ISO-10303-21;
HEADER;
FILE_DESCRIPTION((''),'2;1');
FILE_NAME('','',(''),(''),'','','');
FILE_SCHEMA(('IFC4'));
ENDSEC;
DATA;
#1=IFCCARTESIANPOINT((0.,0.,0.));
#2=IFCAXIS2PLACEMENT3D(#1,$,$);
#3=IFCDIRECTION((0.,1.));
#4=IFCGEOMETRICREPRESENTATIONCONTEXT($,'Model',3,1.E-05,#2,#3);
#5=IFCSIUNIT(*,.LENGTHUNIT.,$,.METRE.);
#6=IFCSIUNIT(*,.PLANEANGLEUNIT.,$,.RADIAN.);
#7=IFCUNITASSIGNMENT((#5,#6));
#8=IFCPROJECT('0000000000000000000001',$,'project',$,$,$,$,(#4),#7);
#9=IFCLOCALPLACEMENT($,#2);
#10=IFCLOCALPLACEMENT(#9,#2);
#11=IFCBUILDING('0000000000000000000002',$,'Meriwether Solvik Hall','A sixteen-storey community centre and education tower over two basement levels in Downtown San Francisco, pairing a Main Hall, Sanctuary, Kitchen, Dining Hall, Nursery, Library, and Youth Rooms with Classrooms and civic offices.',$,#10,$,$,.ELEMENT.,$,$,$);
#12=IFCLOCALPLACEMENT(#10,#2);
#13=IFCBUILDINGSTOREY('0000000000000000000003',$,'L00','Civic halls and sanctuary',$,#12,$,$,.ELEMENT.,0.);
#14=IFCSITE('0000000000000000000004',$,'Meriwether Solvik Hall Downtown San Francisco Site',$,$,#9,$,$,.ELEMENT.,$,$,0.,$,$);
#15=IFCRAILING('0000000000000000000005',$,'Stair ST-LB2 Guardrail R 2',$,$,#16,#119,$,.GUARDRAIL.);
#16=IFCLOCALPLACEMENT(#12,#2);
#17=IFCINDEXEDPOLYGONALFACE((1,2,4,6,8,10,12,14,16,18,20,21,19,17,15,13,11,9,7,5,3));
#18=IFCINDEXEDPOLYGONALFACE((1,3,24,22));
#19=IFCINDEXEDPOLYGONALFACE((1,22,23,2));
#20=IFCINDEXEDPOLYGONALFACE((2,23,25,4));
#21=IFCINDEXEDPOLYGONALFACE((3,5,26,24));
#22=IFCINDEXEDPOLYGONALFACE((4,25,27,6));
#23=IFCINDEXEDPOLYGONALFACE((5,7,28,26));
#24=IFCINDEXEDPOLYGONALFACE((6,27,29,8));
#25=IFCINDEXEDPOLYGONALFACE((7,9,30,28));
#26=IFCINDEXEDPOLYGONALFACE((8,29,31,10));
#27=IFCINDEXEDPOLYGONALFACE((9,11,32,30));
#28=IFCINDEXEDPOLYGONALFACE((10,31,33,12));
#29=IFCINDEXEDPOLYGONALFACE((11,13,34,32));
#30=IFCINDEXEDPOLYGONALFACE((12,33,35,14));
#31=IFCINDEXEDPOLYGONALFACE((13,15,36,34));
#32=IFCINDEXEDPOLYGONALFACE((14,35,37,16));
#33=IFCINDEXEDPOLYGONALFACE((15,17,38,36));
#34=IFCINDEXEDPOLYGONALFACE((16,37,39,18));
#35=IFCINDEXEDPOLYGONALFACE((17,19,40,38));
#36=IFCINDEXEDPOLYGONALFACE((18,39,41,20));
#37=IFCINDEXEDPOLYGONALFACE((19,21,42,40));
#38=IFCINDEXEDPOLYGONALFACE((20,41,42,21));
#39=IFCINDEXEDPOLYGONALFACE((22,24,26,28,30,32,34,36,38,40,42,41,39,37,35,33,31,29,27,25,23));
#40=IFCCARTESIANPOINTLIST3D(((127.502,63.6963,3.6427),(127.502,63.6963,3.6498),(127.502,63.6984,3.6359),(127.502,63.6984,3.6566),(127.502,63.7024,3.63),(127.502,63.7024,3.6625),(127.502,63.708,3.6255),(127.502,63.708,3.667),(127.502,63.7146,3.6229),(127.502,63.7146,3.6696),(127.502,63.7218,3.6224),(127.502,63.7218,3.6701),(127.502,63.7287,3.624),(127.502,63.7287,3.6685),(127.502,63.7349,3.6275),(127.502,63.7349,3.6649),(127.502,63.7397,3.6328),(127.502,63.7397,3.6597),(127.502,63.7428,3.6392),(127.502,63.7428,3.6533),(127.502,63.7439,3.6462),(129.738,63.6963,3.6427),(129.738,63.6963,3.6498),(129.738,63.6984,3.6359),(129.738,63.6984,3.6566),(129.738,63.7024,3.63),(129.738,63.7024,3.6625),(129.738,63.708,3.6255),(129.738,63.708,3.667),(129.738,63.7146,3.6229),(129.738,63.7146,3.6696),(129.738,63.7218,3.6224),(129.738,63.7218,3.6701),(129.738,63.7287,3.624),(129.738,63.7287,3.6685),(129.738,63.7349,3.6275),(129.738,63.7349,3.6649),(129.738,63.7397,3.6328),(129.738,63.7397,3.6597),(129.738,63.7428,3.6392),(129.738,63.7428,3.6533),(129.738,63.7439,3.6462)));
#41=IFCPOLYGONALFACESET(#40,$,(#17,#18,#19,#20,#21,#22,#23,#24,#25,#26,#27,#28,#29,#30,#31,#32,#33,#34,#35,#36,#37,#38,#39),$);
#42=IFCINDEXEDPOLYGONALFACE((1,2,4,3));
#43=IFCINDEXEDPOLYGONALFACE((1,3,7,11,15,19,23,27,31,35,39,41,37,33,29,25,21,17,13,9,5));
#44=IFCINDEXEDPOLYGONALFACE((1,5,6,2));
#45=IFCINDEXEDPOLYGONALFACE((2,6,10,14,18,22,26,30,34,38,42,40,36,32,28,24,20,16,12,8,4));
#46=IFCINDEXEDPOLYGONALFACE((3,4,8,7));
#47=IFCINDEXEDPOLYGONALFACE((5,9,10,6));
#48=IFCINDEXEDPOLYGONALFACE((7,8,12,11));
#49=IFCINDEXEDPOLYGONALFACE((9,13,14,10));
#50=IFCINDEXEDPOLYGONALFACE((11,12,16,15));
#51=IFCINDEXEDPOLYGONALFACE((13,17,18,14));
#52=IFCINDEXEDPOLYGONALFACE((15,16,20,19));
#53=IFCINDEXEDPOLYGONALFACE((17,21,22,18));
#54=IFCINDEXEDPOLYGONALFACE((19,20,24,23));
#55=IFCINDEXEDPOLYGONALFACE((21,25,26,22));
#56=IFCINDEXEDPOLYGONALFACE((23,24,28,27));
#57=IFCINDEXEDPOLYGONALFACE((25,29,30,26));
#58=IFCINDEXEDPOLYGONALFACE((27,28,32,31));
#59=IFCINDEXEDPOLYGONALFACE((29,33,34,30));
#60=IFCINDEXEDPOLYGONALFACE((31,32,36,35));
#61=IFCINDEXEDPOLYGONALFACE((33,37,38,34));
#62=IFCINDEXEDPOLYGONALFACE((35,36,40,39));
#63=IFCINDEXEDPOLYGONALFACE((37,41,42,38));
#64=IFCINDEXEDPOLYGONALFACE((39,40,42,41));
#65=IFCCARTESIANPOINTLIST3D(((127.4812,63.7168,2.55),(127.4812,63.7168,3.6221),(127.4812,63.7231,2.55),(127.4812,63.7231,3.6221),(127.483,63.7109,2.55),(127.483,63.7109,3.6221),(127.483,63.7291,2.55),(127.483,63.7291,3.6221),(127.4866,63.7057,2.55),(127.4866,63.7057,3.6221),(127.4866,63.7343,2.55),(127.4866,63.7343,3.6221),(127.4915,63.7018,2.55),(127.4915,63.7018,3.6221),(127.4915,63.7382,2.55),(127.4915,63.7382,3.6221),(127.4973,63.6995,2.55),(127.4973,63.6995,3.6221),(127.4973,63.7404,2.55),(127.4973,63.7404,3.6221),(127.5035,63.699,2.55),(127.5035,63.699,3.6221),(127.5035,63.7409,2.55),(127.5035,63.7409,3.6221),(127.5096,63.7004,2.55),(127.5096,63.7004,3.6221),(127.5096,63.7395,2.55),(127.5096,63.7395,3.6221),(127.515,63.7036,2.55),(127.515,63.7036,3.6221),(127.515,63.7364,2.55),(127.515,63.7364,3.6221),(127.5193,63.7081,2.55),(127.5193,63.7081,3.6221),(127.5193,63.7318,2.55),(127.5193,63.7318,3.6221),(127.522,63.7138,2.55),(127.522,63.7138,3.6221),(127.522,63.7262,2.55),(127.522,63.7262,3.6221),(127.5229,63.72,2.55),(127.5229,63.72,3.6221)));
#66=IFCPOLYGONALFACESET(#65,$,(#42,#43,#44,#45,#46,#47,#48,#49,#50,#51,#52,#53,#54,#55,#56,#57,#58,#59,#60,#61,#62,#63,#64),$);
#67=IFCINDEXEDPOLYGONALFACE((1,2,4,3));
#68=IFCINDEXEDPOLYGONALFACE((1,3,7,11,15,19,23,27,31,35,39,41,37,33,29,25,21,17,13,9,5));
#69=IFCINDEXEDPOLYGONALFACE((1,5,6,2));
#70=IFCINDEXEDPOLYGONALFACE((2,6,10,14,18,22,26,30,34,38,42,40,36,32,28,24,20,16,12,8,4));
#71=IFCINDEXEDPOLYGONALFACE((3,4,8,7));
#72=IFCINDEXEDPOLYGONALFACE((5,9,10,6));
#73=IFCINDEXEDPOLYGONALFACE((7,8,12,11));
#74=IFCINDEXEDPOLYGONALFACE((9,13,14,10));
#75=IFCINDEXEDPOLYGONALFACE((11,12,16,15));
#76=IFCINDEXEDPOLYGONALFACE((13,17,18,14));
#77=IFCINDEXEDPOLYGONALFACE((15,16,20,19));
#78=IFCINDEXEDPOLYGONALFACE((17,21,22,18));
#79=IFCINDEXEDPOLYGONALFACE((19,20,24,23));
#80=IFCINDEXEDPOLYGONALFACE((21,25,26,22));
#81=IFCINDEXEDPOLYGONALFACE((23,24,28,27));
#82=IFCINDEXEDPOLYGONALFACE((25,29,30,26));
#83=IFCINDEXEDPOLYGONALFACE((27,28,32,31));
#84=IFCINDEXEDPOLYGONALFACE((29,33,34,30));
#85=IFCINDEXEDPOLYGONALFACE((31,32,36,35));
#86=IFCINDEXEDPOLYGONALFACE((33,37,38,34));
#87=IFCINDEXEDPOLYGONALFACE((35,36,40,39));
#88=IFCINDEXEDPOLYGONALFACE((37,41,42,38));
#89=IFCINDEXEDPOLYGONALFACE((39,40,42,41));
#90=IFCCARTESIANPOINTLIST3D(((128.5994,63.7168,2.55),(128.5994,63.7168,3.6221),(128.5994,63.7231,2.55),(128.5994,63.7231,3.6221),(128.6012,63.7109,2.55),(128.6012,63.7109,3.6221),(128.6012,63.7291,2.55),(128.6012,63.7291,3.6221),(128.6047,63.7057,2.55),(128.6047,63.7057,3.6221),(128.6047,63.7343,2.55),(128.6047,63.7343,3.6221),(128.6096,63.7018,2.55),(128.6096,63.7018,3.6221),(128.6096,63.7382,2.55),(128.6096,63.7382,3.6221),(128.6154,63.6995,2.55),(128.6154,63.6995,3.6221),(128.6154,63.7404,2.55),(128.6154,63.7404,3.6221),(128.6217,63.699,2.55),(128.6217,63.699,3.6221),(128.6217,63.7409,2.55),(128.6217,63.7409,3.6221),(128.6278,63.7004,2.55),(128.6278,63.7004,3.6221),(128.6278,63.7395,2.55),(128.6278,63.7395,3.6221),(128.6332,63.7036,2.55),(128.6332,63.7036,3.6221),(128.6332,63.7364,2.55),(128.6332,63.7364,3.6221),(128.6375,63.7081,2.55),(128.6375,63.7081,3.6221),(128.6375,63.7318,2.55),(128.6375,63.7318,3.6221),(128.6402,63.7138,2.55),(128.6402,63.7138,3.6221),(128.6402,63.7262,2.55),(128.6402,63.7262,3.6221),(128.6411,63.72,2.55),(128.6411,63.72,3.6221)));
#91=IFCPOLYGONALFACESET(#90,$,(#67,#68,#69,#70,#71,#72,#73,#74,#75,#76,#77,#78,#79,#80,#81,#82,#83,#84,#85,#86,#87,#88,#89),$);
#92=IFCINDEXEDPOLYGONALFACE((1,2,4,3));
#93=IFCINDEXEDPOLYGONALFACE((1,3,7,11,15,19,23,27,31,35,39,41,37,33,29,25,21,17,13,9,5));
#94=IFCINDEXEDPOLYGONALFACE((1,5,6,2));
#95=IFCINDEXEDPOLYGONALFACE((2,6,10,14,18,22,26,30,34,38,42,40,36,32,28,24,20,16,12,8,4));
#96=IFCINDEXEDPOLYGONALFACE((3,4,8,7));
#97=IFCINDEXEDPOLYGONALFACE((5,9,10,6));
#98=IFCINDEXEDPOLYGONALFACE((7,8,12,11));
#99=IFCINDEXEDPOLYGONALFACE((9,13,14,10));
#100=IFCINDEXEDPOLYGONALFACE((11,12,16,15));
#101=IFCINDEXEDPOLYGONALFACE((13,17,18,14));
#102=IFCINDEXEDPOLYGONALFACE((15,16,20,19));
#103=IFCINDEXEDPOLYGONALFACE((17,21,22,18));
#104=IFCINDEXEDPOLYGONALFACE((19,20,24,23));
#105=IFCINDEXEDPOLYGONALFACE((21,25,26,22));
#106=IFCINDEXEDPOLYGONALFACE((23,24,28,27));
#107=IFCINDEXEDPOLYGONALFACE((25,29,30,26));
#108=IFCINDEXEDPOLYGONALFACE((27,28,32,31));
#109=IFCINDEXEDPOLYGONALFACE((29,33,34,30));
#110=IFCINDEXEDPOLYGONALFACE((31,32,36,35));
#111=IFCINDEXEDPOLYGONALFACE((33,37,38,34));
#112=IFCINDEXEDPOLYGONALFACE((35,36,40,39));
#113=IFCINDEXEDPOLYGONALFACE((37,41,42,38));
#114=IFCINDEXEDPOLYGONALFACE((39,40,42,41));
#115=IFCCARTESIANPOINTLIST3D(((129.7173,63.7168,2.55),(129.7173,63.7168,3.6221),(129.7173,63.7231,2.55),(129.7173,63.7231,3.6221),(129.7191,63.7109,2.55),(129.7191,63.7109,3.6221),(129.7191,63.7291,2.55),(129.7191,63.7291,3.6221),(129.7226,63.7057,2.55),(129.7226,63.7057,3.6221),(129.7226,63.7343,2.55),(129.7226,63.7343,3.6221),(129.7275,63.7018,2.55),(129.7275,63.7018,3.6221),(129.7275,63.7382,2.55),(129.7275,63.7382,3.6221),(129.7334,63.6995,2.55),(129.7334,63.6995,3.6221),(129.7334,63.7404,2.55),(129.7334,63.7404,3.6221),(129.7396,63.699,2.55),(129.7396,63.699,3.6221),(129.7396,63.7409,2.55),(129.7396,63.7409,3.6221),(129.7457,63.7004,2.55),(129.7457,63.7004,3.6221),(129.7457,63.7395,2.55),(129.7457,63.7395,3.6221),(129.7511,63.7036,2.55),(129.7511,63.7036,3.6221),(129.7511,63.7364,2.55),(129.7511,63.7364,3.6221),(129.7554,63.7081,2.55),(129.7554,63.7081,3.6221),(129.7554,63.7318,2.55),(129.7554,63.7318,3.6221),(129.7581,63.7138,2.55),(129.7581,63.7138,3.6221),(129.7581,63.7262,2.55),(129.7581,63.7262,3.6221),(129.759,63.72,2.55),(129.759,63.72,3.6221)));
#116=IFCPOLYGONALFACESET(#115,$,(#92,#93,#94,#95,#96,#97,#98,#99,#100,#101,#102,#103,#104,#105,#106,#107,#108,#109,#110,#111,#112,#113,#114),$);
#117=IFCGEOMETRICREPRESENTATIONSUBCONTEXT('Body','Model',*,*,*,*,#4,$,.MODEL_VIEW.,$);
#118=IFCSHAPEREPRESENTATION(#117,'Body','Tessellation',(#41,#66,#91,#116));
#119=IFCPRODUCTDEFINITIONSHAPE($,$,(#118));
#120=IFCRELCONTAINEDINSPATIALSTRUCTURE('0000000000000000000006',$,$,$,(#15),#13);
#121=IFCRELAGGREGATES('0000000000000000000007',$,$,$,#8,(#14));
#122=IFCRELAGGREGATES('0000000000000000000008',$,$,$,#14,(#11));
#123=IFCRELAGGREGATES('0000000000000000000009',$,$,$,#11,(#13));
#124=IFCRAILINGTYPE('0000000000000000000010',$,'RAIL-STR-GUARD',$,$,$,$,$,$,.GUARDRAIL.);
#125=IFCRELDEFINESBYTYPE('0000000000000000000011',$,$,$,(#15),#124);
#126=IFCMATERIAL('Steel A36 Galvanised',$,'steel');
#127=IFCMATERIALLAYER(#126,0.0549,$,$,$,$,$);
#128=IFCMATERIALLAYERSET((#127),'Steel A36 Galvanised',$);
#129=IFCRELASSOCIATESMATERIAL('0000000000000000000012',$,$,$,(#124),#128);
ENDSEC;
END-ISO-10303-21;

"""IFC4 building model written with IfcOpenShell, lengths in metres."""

from ifc_helpers import new_model, si_unit, direction, frame, origin, origin_2d, place, context, subcontext, project, spatial, circle, extrude, material, layer, layer_set, type_object, element, save


model = new_model("IFC4")

# Units and contexts
model_context = context("Model", 3, precision=1e-05, world=origin(), true_north=direction((0.0, 1.0)))
body_context = subcontext(model_context, "Body", "Model", "MODEL_VIEW")
ifc_project = project(units=[si_unit("LENGTHUNIT", "METRE"), si_unit("PLANEANGLEUNIT", "RADIAN")], contexts=[model_context])

# Site, building, storey
site_placement = place(None, origin())
site = spatial("IfcSite", under=ifc_project, at=site_placement, Name="Meriwether Solvik Hall Downtown San Francisco Site", CompositionType="ELEMENT", RefElevation=0.0)
building_placement = place(site_placement, origin())
building = spatial("IfcBuilding", under=site, at=building_placement, Name="Meriwether Solvik Hall", Description="A sixteen-storey community centre and education tower over two basement levels in Downtown San Francisco, pairing a Main Hall, Sanctuary, Kitchen, Dining Hall, Nursery, Library, and Youth Rooms with Classrooms and civic offices.", CompositionType="ELEMENT")
storey_placement = place(building_placement, origin())
storey = spatial("IfcBuildingStorey", under=building, at=storey_placement, Name="L00", Description="Civic halls and sanctuary", CompositionType="ELEMENT", Elevation=0.0)

# Railing
ifc_material_1 = material(Name="Steel A36 Galvanised", Category="steel")
ifc_layer_1 = layer(ifc_material_1, 0.0549)
ifc_layer_set_1 = layer_set([ifc_layer_1], Name="Steel A36 Galvanised")
railing_type_1 = type_object("IfcRailingType", Name="RAIL-STR-GUARD", PredefinedType="GUARDRAIL", material=ifc_layer_set_1)
railing_1_placement = place(storey_placement, frame((127.502, 63.72, 2.55)))
element("IfcRailing", 1, at=railing_1_placement, inside=storey, type_object=railing_type_1, Name="Stair ST-LB2 Guardrail R 2", PredefinedType="GUARDRAIL", context=body_context, shape_type="SweptSolid", body=[
    extrude(circle(Radius=0.0239, at=origin_2d()), frame((0.0, 0.0, 1.0962), z_axis=(1.0, 0.0, 0.0), x_axis=(0.0, 1.0, 0.0)), (0.0, 0.0, 1.0), 2.2361),
    extrude(circle(Radius=0.021, at=origin_2d()), origin(), (0.0, 0.0, 1.0), 1.072),
    extrude(circle(Radius=0.021, at=origin_2d()), frame((1.1182, 0.0, 0.0)), (0.0, 0.0, 1.0), 1.072),
    extrude(circle(Radius=0.021, at=origin_2d()), frame((2.2361, 0.0, 0.0)), (0.0, 0.0, 1.0), 1.072),
])

save(model, "model.ifc")
